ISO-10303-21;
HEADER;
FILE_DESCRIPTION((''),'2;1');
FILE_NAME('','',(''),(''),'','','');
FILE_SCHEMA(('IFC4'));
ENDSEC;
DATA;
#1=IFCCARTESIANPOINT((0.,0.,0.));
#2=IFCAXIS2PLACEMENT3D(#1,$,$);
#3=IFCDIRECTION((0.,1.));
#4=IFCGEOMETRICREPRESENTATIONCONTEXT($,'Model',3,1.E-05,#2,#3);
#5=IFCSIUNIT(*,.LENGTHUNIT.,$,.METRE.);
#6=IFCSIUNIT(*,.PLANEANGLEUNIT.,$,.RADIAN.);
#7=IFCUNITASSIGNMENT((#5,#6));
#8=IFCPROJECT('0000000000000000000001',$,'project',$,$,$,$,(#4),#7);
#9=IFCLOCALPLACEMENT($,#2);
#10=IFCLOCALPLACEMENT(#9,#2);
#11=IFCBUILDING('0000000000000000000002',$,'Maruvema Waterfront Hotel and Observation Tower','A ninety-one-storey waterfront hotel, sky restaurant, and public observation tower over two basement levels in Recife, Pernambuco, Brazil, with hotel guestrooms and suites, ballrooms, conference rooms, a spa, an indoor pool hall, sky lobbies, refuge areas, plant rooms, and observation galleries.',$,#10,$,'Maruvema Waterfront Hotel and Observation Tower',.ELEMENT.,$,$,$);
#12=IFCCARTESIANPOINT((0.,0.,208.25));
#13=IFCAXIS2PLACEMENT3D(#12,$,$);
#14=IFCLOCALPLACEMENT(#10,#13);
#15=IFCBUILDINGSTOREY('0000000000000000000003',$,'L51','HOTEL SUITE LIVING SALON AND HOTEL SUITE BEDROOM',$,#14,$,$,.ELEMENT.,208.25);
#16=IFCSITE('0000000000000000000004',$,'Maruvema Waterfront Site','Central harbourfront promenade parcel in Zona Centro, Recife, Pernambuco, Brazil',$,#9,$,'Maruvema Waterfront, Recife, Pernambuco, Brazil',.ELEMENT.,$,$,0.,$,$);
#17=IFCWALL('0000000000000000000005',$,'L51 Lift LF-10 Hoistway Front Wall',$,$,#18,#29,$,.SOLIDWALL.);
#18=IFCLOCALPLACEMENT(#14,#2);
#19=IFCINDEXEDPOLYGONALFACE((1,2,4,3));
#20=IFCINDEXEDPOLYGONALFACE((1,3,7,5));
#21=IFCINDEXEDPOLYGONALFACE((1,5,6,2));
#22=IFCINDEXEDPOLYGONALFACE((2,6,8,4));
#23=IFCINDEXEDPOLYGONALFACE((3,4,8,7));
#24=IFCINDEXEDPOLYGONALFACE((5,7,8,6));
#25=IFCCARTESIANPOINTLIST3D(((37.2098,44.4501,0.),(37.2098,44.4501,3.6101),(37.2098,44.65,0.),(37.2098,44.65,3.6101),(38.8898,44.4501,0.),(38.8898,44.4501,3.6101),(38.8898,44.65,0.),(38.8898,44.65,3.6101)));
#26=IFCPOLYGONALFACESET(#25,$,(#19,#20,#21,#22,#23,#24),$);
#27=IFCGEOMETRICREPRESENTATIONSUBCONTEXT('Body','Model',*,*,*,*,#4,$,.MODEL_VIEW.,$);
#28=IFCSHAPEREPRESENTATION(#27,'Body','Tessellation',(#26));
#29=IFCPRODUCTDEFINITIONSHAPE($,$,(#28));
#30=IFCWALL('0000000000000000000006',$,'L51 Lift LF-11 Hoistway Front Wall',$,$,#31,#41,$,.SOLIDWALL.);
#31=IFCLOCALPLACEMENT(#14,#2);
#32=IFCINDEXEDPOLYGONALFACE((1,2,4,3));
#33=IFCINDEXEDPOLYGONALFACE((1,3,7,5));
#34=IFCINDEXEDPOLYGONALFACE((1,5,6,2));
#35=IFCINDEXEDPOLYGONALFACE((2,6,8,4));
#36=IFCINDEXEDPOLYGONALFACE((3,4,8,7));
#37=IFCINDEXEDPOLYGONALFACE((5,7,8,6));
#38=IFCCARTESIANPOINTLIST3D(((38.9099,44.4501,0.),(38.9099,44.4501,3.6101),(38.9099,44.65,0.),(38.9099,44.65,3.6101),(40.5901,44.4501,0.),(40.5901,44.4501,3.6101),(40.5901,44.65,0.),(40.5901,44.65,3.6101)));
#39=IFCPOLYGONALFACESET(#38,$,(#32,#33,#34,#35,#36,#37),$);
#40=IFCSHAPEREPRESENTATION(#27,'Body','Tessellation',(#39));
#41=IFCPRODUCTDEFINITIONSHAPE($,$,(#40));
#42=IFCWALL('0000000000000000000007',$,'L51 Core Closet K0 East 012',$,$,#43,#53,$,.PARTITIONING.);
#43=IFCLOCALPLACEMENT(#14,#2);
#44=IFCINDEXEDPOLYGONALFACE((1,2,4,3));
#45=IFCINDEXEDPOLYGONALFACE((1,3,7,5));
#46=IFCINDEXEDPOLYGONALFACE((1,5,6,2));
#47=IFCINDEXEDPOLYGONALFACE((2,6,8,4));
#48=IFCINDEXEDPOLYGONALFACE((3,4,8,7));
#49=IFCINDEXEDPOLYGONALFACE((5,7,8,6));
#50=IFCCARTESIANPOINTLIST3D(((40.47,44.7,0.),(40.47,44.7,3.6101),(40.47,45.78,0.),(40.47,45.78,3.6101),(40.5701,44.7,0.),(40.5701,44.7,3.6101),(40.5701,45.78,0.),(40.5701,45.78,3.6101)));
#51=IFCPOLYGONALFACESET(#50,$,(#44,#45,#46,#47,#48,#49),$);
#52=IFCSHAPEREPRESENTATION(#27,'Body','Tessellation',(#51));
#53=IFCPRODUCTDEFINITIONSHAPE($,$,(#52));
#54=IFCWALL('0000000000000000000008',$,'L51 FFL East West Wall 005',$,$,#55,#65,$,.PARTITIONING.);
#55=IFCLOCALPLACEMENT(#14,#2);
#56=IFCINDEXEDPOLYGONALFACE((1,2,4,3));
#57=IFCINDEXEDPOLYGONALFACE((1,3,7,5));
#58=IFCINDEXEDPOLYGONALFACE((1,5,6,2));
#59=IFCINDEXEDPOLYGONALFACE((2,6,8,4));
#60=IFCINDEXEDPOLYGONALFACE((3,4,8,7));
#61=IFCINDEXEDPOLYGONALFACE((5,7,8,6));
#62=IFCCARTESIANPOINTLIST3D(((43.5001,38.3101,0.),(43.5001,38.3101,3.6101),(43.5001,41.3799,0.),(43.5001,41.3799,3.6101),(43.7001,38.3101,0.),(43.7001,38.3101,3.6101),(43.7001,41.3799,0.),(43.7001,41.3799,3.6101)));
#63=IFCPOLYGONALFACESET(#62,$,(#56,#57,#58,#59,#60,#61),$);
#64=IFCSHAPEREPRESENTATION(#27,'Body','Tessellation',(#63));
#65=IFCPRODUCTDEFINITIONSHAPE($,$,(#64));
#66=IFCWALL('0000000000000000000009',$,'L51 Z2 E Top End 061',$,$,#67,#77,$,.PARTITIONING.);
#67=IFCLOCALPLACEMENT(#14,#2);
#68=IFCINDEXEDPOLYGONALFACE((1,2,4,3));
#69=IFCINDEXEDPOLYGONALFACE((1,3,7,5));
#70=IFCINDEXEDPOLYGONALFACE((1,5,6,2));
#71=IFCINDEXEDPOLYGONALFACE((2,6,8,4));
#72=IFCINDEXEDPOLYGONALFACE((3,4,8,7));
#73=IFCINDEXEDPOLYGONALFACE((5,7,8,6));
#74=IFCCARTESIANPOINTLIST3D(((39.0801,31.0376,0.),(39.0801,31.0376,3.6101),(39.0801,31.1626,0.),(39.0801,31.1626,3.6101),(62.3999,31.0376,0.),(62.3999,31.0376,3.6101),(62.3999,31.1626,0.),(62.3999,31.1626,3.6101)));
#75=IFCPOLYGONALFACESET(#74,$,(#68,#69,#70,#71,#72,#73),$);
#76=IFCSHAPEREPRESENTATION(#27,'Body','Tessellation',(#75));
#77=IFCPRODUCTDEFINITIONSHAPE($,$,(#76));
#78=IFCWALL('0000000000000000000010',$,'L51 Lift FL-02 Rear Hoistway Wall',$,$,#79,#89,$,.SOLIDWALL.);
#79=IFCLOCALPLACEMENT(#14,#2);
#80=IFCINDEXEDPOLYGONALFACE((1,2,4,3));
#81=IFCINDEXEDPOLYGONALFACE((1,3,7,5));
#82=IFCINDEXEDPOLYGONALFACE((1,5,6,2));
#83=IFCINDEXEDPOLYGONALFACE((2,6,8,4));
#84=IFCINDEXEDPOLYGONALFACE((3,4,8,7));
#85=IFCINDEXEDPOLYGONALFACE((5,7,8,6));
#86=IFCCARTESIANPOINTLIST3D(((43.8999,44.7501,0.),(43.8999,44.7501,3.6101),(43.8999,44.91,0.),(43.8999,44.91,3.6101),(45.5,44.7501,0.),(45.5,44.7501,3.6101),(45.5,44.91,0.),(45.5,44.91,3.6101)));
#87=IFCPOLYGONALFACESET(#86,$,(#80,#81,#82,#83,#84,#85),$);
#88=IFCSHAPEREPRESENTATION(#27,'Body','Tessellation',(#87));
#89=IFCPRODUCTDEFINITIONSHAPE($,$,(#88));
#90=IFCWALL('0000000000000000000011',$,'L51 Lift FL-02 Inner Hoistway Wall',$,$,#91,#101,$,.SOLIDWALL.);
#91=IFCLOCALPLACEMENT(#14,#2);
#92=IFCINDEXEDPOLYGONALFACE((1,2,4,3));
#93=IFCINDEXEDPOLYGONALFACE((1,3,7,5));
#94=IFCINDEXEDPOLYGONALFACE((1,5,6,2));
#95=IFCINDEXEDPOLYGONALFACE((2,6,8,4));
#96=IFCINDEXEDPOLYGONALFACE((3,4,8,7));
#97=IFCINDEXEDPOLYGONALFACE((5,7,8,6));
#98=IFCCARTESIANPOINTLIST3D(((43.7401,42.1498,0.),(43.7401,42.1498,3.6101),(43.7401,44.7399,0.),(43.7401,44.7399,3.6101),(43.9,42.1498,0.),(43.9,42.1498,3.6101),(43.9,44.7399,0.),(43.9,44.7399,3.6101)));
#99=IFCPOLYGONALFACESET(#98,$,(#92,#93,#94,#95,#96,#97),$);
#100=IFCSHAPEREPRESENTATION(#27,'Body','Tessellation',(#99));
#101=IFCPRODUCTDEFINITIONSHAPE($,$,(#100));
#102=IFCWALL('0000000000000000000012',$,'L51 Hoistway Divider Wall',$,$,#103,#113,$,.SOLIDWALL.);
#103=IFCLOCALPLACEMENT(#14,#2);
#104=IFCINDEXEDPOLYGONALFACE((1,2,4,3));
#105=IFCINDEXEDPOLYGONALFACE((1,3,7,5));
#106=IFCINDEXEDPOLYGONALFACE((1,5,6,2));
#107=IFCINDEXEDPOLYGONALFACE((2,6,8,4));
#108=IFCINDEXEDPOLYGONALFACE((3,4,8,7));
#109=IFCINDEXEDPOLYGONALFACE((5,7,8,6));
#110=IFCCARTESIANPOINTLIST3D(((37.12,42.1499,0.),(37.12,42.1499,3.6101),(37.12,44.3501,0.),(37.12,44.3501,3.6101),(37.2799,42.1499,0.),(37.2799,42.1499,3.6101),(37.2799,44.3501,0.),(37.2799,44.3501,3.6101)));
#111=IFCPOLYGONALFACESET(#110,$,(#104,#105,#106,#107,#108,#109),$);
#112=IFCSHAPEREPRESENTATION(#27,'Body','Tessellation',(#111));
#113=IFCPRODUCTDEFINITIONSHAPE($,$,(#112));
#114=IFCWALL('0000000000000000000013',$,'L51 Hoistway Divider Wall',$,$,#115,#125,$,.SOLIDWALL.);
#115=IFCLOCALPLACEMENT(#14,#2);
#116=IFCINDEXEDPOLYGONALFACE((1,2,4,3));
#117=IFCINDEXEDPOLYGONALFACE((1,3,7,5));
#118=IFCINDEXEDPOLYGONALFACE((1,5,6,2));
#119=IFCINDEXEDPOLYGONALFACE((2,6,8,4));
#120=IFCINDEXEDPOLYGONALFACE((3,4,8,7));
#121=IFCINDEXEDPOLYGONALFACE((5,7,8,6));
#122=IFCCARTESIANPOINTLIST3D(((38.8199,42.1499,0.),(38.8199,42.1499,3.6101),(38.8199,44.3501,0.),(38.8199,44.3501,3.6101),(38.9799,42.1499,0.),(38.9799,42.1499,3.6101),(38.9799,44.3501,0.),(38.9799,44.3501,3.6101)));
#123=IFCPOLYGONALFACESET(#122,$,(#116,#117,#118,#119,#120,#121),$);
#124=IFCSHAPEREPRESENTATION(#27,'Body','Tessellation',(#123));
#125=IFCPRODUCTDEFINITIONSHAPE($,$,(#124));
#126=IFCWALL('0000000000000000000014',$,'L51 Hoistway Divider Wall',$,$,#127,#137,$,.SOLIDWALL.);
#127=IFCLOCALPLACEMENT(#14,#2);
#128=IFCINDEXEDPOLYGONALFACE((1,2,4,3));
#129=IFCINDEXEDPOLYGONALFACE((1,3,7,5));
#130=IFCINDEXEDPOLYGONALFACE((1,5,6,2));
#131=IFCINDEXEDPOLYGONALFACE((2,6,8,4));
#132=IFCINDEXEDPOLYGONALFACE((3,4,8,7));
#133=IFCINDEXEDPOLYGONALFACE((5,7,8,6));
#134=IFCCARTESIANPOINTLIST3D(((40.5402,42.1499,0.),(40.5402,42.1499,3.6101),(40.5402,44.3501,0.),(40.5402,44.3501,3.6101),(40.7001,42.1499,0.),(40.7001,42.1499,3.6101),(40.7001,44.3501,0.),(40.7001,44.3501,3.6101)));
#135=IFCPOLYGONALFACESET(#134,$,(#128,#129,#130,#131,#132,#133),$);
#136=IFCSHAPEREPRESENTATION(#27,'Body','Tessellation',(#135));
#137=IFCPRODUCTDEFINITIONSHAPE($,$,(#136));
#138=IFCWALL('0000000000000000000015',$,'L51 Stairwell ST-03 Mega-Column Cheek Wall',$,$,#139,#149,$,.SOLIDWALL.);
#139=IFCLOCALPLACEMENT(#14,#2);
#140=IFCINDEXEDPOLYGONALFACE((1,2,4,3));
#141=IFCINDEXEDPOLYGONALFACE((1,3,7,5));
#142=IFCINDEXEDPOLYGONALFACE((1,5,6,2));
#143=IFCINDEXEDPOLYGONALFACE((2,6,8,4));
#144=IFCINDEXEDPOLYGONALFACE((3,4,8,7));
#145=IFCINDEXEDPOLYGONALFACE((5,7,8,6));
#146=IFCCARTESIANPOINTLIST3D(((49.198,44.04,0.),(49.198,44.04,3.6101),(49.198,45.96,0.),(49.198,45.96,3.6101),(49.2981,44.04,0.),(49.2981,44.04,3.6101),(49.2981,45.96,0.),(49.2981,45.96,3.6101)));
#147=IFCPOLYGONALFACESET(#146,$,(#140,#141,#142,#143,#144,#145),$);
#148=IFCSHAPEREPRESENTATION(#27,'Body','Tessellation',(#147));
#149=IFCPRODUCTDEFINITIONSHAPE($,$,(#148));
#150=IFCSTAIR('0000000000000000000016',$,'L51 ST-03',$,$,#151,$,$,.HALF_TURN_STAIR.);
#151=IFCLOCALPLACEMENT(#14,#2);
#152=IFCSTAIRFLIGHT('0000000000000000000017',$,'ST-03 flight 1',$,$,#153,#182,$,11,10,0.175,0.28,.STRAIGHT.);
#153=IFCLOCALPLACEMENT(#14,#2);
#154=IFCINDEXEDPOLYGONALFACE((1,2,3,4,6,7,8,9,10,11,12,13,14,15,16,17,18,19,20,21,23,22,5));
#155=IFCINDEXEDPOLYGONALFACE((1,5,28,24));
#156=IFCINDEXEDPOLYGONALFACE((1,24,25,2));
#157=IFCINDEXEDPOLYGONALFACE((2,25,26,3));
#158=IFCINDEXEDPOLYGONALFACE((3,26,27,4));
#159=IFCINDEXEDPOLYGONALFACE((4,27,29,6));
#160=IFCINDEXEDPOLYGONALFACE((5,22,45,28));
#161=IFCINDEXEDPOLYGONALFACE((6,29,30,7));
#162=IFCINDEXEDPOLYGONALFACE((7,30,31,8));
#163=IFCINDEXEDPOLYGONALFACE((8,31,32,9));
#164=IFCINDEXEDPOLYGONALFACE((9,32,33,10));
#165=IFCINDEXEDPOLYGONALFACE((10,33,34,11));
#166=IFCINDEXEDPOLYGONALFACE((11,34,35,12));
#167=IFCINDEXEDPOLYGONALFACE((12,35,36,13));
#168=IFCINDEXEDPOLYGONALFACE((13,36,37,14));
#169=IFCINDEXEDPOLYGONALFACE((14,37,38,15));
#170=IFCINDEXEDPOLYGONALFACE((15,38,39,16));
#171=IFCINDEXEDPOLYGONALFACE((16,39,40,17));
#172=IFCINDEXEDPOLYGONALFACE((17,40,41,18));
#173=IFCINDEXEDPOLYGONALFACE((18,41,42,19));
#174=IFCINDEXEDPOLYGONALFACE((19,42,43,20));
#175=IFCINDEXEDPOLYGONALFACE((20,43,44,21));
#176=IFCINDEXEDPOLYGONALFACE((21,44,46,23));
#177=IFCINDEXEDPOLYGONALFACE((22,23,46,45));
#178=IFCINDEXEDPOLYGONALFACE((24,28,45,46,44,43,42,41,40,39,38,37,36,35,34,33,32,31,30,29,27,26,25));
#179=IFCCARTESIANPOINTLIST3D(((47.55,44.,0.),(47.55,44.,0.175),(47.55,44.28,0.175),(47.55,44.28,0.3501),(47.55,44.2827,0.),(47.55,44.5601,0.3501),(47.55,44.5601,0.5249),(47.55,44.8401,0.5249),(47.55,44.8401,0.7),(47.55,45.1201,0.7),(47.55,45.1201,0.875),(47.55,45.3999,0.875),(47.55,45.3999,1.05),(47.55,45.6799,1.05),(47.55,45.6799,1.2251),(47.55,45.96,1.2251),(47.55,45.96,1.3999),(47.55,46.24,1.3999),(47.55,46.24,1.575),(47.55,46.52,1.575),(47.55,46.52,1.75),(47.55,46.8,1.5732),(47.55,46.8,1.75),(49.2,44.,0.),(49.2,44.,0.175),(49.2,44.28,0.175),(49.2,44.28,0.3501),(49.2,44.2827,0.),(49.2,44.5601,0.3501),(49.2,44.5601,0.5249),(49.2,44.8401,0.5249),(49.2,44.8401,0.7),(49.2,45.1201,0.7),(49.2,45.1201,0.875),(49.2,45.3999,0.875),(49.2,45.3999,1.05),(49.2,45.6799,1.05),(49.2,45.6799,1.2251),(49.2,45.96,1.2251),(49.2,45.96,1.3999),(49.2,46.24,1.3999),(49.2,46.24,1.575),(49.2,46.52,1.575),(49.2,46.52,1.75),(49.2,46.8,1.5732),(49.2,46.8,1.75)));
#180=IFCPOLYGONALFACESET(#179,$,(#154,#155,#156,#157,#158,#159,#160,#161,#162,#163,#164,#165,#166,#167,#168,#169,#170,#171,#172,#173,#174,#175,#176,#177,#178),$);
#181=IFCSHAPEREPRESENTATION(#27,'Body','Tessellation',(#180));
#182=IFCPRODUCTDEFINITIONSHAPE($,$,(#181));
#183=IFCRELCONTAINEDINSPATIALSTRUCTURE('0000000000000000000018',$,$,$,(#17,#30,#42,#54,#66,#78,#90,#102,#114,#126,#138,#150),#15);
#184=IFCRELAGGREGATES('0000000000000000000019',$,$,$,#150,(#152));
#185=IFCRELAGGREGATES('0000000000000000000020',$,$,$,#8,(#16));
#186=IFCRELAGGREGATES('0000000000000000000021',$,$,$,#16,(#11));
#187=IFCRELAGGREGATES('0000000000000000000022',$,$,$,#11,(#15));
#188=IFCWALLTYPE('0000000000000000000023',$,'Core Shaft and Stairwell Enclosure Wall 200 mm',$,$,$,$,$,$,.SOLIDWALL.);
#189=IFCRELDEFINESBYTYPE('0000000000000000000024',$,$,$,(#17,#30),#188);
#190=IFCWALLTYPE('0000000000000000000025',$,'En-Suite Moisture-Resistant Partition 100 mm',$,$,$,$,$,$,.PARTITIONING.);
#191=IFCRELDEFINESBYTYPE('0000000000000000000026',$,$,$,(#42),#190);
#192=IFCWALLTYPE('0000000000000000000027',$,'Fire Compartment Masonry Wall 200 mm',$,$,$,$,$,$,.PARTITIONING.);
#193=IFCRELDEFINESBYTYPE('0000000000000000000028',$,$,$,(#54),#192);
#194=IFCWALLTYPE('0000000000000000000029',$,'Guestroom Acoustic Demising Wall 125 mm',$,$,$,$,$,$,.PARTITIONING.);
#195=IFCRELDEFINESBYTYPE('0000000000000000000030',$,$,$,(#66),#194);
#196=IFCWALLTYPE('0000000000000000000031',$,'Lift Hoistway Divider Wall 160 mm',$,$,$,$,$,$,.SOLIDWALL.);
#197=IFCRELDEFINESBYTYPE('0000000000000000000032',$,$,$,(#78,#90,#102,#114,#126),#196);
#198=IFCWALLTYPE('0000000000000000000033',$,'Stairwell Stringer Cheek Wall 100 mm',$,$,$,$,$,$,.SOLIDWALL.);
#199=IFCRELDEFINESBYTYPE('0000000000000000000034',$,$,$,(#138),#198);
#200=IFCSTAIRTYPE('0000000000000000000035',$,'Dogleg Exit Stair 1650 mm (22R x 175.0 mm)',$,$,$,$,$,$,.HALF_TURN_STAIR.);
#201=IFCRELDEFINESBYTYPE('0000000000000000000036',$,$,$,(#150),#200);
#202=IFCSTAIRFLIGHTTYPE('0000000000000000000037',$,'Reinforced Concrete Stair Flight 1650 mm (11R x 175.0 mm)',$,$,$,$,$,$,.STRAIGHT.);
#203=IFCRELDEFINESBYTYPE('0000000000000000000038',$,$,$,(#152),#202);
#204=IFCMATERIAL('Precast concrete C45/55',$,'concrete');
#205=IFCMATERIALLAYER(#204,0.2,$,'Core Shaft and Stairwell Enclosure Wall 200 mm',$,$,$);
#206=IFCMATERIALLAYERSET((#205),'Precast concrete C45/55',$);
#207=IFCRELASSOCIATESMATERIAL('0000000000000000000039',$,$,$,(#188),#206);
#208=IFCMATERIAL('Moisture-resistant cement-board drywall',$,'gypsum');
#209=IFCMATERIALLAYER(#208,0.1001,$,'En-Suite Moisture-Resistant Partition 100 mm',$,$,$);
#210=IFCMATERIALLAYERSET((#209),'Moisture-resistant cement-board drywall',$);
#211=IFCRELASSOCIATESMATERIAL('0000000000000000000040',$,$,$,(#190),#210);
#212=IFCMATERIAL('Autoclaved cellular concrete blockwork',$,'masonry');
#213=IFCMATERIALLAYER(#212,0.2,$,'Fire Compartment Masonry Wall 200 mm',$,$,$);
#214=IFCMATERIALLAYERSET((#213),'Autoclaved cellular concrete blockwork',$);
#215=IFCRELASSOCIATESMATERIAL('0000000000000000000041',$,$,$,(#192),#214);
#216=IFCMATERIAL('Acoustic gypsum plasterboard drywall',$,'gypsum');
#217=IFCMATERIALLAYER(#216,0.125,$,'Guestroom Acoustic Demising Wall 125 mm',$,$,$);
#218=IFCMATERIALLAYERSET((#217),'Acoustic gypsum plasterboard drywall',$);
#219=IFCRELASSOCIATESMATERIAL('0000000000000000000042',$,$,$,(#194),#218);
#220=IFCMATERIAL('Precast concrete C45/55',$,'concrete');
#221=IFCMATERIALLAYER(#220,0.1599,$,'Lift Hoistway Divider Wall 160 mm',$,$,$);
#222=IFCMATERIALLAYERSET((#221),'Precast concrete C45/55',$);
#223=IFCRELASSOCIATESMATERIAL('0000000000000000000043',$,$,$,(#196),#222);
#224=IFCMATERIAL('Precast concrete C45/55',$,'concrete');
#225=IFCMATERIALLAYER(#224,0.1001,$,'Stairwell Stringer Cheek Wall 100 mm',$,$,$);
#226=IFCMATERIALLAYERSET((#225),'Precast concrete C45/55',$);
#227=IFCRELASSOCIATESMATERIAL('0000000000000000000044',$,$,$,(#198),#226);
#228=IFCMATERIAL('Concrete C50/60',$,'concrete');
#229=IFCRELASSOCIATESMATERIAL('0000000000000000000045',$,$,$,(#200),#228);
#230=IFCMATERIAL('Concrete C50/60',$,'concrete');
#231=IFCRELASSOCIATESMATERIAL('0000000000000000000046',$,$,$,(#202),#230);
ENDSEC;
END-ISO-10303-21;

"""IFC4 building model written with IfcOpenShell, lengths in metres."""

from ifc_helpers import new_model, si_unit, direction, frame, frame_2d, origin, place, context, subcontext, project, spatial, polyline, rectangle, outline, extrude, material, layer, layer_set, type_object, element, aggregate, save


model = new_model("IFC4")

# Units and contexts
model_context = context("Model", 3, precision=1e-05, world=origin(), true_north=direction((0.0, 1.0)))
body_context = subcontext(model_context, "Body", "Model", "MODEL_VIEW")
ifc_project = project(units=[si_unit("LENGTHUNIT", "METRE"), si_unit("PLANEANGLEUNIT", "RADIAN")], contexts=[model_context])

# Site, building, storey
site_placement = place(None, origin())
site = spatial("IfcSite", under=ifc_project, at=site_placement, Name="Maruvema Waterfront Site", Description="Central harbourfront promenade parcel in Zona Centro, Recife, Pernambuco, Brazil", LongName="Maruvema Waterfront, Recife, Pernambuco, Brazil", CompositionType="ELEMENT", RefElevation=0.0)
building_placement = place(site_placement, origin())
building = spatial("IfcBuilding", under=site, at=building_placement, Name="Maruvema Waterfront Hotel and Observation Tower", Description="A ninety-one-storey waterfront hotel, sky restaurant, and public observation tower over two basement levels in Recife, Pernambuco, Brazil, with hotel guestrooms and suites, ballrooms, conference rooms, a spa, an indoor pool hall, sky lobbies, refuge areas, plant rooms, and observation galleries.", LongName="Maruvema Waterfront Hotel and Observation Tower", CompositionType="ELEMENT")
storey_placement = place(building_placement, frame((0.0, 0.0, 208.25)))
storey = spatial("IfcBuildingStorey", under=building, at=storey_placement, Name="L51", Description="HOTEL SUITE LIVING SALON AND HOTEL SUITE BEDROOM", CompositionType="ELEMENT", Elevation=208.25)

# Walls
ifc_material_1 = material(Name="Precast concrete C45/55", Category="concrete")
ifc_layer_1 = layer(ifc_material_1, 0.2, Name="Core Shaft and Stairwell Enclosure Wall 200 mm")
ifc_layer_set_1 = layer_set([ifc_layer_1], Name="Precast concrete C45/55")
wall_type_1 = type_object("IfcWallType", Name="Core Shaft and Stairwell Enclosure Wall 200 mm", PredefinedType="SOLIDWALL", material=ifc_layer_set_1)
wall_1_placement = place(storey_placement, frame((37.21, 44.55, 0.0), z_axis=(0.0, 0.0, 1.0), x_axis=(1.0, 0.0, 0.0)))
element("IfcWall", 1, at=wall_1_placement, inside=storey, type_object=wall_type_1, Name="L51 Lift LF-10 Hoistway Front Wall", PredefinedType="SOLIDWALL", context=body_context, shape_type="SweptSolid", body=[
    extrude(rectangle(XDim=1.6799, YDim=0.2, at=frame_2d((0.8398, 0.0))), origin(), (0.0, 0.0, 1.0), 3.6101),
])
wall_2_placement = place(storey_placement, frame((38.9099, 44.55, 0.0), z_axis=(0.0, 0.0, 1.0), x_axis=(1.0, 0.0, 0.0)))
element("IfcWall", 2, at=wall_2_placement, inside=storey, type_object=wall_type_1, Name="L51 Lift LF-11 Hoistway Front Wall", PredefinedType="SOLIDWALL", context=body_context, shape_type="SweptSolid", body=[
    extrude(rectangle(XDim=1.6802, YDim=0.2, at=frame_2d((0.8401, 0.0))), origin(), (0.0, 0.0, 1.0), 3.6101),
])

# Wall
ifc_material_2 = material(Name="Moisture-resistant cement-board drywall", Category="gypsum")
ifc_layer_2 = layer(ifc_material_2, 0.1001, Name="En-Suite Moisture-Resistant Partition 100 mm")
ifc_layer_set_2 = layer_set([ifc_layer_2], Name="Moisture-resistant cement-board drywall")
wall_type_2 = type_object("IfcWallType", Name="En-Suite Moisture-Resistant Partition 100 mm", PredefinedType="PARTITIONING", material=ifc_layer_set_2)
wall_3_placement = place(storey_placement, frame((40.52, 44.7, 0.0), z_axis=(0.0, 0.0, 1.0), x_axis=(0.0, 1.0, 0.0)))
element("IfcWall", 3, at=wall_3_placement, inside=storey, type_object=wall_type_2, Name="L51 Core Closet K0 East 012", PredefinedType="PARTITIONING", context=body_context, shape_type="SweptSolid", body=[
    extrude(rectangle(XDim=1.0801, YDim=0.1001, at=frame_2d((0.54, 0.0))), origin(), (0.0, 0.0, 1.0), 3.6101),
])

# Shared definitions
ifc_material_3 = material(Name="Autoclaved cellular concrete blockwork", Category="masonry")
ifc_layer_3 = layer(ifc_material_3, 0.2, Name="Fire Compartment Masonry Wall 200 mm")
ifc_layer_set_3 = layer_set([ifc_layer_3], Name="Autoclaved cellular concrete blockwork")
wall_type_3 = type_object("IfcWallType", Name="Fire Compartment Masonry Wall 200 mm", PredefinedType="PARTITIONING", material=ifc_layer_set_3)

# Walls
wall_4_placement = place(storey_placement, frame((43.6001, 38.3101, 0.0), z_axis=(0.0, 0.0, 1.0), x_axis=(0.0, 1.0, 0.0)))
element("IfcWall", 4, at=wall_4_placement, inside=storey, type_object=wall_type_3, Name="L51 FFL East West Wall 005", PredefinedType="PARTITIONING", context=body_context, shape_type="SweptSolid", body=[
    extrude(rectangle(XDim=3.0698, YDim=0.2, at=frame_2d((1.5349, 0.0))), origin(), (0.0, 0.0, 1.0), 3.6101),
])
ifc_material_4 = material(Name="Acoustic gypsum plasterboard drywall", Category="gypsum")
ifc_layer_4 = layer(ifc_material_4, 0.125, Name="Guestroom Acoustic Demising Wall 125 mm")
ifc_layer_set_4 = layer_set([ifc_layer_4], Name="Acoustic gypsum plasterboard drywall")
wall_type_4 = type_object("IfcWallType", Name="Guestroom Acoustic Demising Wall 125 mm", PredefinedType="PARTITIONING", material=ifc_layer_set_4)
wall_5_placement = place(storey_placement, frame((39.0801, 31.1001, 0.0), z_axis=(0.0, 0.0, 1.0), x_axis=(1.0, 0.0, 0.0)))
element("IfcWall", 5, at=wall_5_placement, inside=storey, type_object=wall_type_4, Name="L51 Z2 E Top End 061", PredefinedType="PARTITIONING", context=body_context, shape_type="SweptSolid", body=[
    extrude(rectangle(XDim=23.3198, YDim=0.125, at=frame_2d((11.6599, 0.0))), origin(), (0.0, 0.0, 1.0), 3.6101),
])
ifc_material_5 = material(Name="Precast concrete C45/55", Category="concrete")
ifc_layer_5 = layer(ifc_material_5, 0.1599, Name="Lift Hoistway Divider Wall 160 mm")
ifc_layer_set_5 = layer_set([ifc_layer_5], Name="Precast concrete C45/55")
wall_type_5 = type_object("IfcWallType", Name="Lift Hoistway Divider Wall 160 mm", PredefinedType="SOLIDWALL", material=ifc_layer_set_5)
wall_6_placement = place(storey_placement, frame((43.8999, 44.8301, 0.0), z_axis=(0.0, 0.0, 1.0), x_axis=(1.0, 0.0, 0.0)))
element("IfcWall", 6, at=wall_6_placement, inside=storey, type_object=wall_type_5, Name="L51 Lift FL-02 Rear Hoistway Wall", PredefinedType="SOLIDWALL", context=body_context, shape_type="SweptSolid", body=[
    extrude(rectangle(XDim=1.6001, YDim=0.1599, at=frame_2d((0.8, 0.0))), origin(), (0.0, 0.0, 1.0), 3.6101),
])
wall_7_placement = place(storey_placement, frame((43.8201, 42.1499, 0.0), z_axis=(0.0, 0.0, 1.0), x_axis=(0.0, 1.0, 0.0)))
element("IfcWall", 7, at=wall_7_placement, inside=storey, type_object=wall_type_5, Name="L51 Lift FL-02 Inner Hoistway Wall", PredefinedType="SOLIDWALL", context=body_context, shape_type="SweptSolid", body=[
    extrude(rectangle(XDim=2.5901, YDim=0.1599, at=frame_2d((1.2949, 0.0))), origin(), (0.0, 0.0, 1.0), 3.6101),
])
for number, where, z_axis, x_axis, name in (
    (8, (37.2, 42.1499, 0.0), (0.0, 0.0, 1.0), (0.0, 1.0, 0.0), "L51 Hoistway Divider Wall"),
    (9, (38.8999, 42.1499, 0.0), (0.0, 0.0, 1.0), (0.0, 1.0, 0.0), "L51 Hoistway Divider Wall"),
    (10, (40.6201, 42.1499, 0.0), (0.0, 0.0, 1.0), (0.0, 1.0, 0.0), "L51 Hoistway Divider Wall"),
):
    element("IfcWall", number, at=place(storey_placement, frame(where, z_axis=z_axis, x_axis=x_axis)), inside=storey, type_object=wall_type_5, Name=name, PredefinedType="SOLIDWALL", context=body_context, shape_type="SweptSolid", body=[
        extrude(rectangle(XDim=2.2002, YDim=0.1599, at=frame_2d((1.1001, 0.0))), origin(), (0.0, 0.0, 1.0), 3.6101),
    ])
ifc_material_6 = material(Name="Precast concrete C45/55", Category="concrete")
ifc_layer_6 = layer(ifc_material_6, 0.1001, Name="Stairwell Stringer Cheek Wall 100 mm")
ifc_layer_set_6 = layer_set([ifc_layer_6], Name="Precast concrete C45/55")
wall_type_6 = type_object("IfcWallType", Name="Stairwell Stringer Cheek Wall 100 mm", PredefinedType="SOLIDWALL", material=ifc_layer_set_6)
wall_8_placement = place(storey_placement, frame((49.248, 44.04, 0.0), z_axis=(0.0, 0.0, 1.0), x_axis=(0.0, 1.0, 0.0)))
element("IfcWall", 11, at=wall_8_placement, inside=storey, type_object=wall_type_6, Name="L51 Stairwell ST-03 Mega-Column Cheek Wall", PredefinedType="SOLIDWALL", context=body_context, shape_type="SweptSolid", body=[
    extrude(rectangle(XDim=1.9199, YDim=0.1001, at=frame_2d((0.96, 0.0))), origin(), (0.0, 0.0, 1.0), 3.6101),
])

# Stair, stair flight
ifc_material_7 = material(Name="Concrete C50/60", Category="concrete")
stair_type = type_object("IfcStairType", Name="Dogleg Exit Stair 1650 mm (22R x 175.0 mm)", PredefinedType="HALF_TURN_STAIR", material=ifc_material_7)
stair_placement = place(storey_placement, origin())
stair = element("IfcStair", 12, at=stair_placement, inside=storey, type_object=stair_type, Name="L51 ST-03", PredefinedType="HALF_TURN_STAIR")
ifc_material_8 = material(Name="Concrete C50/60", Category="concrete")
stair_flight_type = type_object("IfcStairFlightType", Name="Reinforced Concrete Stair Flight 1650 mm (11R x 175.0 mm)", PredefinedType="STRAIGHT", material=ifc_material_8)
stair_flight_placement = place(storey_placement, frame((48.375, 44.0, 0.0), z_axis=(0.0, 0.0, 1.0), x_axis=(0.0, 1.0, 0.0)))
stair_flight = element("IfcStairFlight", 13, at=stair_flight_placement, type_object=stair_flight_type, Name="ST-03 flight 1", NumberOfRisers=11, NumberOfTreads=10, PredefinedType="STRAIGHT", RiserHeight=0.175, TreadLength=0.28, context=body_context, shape_type="SweptSolid", body=[
    extrude(outline(polyline([(0.0, 0.0), (0.0, 0.175), (0.28, 0.175), (0.28, 0.3501), (0.5601, 0.3501), (0.5601, 0.5249), (0.8401, 0.5249), (0.8401, 0.7), (1.1201, 0.7), (1.1201, 0.875), (1.3999, 0.875), (1.3999, 1.05), (1.6799, 1.05), (1.6799, 1.2251), (1.96, 1.2251), (1.96, 1.3999), (2.24, 1.3999), (2.24, 1.575), (2.52, 1.575), (2.52, 1.75), (2.8, 1.75), (2.8, 1.925), (2.8, 1.5732), (0.2827, 0.0), (0.0, 0.0)])), frame((0.0, 0.825, 0.0), z_axis=(0.0, -1.0, 0.0), x_axis=(1.0, 0.0, 0.0)), (0.0, 0.0, 1.0), 1.6499),
])
aggregate(stair, [stair_flight])

save(model, "model.ifc")
